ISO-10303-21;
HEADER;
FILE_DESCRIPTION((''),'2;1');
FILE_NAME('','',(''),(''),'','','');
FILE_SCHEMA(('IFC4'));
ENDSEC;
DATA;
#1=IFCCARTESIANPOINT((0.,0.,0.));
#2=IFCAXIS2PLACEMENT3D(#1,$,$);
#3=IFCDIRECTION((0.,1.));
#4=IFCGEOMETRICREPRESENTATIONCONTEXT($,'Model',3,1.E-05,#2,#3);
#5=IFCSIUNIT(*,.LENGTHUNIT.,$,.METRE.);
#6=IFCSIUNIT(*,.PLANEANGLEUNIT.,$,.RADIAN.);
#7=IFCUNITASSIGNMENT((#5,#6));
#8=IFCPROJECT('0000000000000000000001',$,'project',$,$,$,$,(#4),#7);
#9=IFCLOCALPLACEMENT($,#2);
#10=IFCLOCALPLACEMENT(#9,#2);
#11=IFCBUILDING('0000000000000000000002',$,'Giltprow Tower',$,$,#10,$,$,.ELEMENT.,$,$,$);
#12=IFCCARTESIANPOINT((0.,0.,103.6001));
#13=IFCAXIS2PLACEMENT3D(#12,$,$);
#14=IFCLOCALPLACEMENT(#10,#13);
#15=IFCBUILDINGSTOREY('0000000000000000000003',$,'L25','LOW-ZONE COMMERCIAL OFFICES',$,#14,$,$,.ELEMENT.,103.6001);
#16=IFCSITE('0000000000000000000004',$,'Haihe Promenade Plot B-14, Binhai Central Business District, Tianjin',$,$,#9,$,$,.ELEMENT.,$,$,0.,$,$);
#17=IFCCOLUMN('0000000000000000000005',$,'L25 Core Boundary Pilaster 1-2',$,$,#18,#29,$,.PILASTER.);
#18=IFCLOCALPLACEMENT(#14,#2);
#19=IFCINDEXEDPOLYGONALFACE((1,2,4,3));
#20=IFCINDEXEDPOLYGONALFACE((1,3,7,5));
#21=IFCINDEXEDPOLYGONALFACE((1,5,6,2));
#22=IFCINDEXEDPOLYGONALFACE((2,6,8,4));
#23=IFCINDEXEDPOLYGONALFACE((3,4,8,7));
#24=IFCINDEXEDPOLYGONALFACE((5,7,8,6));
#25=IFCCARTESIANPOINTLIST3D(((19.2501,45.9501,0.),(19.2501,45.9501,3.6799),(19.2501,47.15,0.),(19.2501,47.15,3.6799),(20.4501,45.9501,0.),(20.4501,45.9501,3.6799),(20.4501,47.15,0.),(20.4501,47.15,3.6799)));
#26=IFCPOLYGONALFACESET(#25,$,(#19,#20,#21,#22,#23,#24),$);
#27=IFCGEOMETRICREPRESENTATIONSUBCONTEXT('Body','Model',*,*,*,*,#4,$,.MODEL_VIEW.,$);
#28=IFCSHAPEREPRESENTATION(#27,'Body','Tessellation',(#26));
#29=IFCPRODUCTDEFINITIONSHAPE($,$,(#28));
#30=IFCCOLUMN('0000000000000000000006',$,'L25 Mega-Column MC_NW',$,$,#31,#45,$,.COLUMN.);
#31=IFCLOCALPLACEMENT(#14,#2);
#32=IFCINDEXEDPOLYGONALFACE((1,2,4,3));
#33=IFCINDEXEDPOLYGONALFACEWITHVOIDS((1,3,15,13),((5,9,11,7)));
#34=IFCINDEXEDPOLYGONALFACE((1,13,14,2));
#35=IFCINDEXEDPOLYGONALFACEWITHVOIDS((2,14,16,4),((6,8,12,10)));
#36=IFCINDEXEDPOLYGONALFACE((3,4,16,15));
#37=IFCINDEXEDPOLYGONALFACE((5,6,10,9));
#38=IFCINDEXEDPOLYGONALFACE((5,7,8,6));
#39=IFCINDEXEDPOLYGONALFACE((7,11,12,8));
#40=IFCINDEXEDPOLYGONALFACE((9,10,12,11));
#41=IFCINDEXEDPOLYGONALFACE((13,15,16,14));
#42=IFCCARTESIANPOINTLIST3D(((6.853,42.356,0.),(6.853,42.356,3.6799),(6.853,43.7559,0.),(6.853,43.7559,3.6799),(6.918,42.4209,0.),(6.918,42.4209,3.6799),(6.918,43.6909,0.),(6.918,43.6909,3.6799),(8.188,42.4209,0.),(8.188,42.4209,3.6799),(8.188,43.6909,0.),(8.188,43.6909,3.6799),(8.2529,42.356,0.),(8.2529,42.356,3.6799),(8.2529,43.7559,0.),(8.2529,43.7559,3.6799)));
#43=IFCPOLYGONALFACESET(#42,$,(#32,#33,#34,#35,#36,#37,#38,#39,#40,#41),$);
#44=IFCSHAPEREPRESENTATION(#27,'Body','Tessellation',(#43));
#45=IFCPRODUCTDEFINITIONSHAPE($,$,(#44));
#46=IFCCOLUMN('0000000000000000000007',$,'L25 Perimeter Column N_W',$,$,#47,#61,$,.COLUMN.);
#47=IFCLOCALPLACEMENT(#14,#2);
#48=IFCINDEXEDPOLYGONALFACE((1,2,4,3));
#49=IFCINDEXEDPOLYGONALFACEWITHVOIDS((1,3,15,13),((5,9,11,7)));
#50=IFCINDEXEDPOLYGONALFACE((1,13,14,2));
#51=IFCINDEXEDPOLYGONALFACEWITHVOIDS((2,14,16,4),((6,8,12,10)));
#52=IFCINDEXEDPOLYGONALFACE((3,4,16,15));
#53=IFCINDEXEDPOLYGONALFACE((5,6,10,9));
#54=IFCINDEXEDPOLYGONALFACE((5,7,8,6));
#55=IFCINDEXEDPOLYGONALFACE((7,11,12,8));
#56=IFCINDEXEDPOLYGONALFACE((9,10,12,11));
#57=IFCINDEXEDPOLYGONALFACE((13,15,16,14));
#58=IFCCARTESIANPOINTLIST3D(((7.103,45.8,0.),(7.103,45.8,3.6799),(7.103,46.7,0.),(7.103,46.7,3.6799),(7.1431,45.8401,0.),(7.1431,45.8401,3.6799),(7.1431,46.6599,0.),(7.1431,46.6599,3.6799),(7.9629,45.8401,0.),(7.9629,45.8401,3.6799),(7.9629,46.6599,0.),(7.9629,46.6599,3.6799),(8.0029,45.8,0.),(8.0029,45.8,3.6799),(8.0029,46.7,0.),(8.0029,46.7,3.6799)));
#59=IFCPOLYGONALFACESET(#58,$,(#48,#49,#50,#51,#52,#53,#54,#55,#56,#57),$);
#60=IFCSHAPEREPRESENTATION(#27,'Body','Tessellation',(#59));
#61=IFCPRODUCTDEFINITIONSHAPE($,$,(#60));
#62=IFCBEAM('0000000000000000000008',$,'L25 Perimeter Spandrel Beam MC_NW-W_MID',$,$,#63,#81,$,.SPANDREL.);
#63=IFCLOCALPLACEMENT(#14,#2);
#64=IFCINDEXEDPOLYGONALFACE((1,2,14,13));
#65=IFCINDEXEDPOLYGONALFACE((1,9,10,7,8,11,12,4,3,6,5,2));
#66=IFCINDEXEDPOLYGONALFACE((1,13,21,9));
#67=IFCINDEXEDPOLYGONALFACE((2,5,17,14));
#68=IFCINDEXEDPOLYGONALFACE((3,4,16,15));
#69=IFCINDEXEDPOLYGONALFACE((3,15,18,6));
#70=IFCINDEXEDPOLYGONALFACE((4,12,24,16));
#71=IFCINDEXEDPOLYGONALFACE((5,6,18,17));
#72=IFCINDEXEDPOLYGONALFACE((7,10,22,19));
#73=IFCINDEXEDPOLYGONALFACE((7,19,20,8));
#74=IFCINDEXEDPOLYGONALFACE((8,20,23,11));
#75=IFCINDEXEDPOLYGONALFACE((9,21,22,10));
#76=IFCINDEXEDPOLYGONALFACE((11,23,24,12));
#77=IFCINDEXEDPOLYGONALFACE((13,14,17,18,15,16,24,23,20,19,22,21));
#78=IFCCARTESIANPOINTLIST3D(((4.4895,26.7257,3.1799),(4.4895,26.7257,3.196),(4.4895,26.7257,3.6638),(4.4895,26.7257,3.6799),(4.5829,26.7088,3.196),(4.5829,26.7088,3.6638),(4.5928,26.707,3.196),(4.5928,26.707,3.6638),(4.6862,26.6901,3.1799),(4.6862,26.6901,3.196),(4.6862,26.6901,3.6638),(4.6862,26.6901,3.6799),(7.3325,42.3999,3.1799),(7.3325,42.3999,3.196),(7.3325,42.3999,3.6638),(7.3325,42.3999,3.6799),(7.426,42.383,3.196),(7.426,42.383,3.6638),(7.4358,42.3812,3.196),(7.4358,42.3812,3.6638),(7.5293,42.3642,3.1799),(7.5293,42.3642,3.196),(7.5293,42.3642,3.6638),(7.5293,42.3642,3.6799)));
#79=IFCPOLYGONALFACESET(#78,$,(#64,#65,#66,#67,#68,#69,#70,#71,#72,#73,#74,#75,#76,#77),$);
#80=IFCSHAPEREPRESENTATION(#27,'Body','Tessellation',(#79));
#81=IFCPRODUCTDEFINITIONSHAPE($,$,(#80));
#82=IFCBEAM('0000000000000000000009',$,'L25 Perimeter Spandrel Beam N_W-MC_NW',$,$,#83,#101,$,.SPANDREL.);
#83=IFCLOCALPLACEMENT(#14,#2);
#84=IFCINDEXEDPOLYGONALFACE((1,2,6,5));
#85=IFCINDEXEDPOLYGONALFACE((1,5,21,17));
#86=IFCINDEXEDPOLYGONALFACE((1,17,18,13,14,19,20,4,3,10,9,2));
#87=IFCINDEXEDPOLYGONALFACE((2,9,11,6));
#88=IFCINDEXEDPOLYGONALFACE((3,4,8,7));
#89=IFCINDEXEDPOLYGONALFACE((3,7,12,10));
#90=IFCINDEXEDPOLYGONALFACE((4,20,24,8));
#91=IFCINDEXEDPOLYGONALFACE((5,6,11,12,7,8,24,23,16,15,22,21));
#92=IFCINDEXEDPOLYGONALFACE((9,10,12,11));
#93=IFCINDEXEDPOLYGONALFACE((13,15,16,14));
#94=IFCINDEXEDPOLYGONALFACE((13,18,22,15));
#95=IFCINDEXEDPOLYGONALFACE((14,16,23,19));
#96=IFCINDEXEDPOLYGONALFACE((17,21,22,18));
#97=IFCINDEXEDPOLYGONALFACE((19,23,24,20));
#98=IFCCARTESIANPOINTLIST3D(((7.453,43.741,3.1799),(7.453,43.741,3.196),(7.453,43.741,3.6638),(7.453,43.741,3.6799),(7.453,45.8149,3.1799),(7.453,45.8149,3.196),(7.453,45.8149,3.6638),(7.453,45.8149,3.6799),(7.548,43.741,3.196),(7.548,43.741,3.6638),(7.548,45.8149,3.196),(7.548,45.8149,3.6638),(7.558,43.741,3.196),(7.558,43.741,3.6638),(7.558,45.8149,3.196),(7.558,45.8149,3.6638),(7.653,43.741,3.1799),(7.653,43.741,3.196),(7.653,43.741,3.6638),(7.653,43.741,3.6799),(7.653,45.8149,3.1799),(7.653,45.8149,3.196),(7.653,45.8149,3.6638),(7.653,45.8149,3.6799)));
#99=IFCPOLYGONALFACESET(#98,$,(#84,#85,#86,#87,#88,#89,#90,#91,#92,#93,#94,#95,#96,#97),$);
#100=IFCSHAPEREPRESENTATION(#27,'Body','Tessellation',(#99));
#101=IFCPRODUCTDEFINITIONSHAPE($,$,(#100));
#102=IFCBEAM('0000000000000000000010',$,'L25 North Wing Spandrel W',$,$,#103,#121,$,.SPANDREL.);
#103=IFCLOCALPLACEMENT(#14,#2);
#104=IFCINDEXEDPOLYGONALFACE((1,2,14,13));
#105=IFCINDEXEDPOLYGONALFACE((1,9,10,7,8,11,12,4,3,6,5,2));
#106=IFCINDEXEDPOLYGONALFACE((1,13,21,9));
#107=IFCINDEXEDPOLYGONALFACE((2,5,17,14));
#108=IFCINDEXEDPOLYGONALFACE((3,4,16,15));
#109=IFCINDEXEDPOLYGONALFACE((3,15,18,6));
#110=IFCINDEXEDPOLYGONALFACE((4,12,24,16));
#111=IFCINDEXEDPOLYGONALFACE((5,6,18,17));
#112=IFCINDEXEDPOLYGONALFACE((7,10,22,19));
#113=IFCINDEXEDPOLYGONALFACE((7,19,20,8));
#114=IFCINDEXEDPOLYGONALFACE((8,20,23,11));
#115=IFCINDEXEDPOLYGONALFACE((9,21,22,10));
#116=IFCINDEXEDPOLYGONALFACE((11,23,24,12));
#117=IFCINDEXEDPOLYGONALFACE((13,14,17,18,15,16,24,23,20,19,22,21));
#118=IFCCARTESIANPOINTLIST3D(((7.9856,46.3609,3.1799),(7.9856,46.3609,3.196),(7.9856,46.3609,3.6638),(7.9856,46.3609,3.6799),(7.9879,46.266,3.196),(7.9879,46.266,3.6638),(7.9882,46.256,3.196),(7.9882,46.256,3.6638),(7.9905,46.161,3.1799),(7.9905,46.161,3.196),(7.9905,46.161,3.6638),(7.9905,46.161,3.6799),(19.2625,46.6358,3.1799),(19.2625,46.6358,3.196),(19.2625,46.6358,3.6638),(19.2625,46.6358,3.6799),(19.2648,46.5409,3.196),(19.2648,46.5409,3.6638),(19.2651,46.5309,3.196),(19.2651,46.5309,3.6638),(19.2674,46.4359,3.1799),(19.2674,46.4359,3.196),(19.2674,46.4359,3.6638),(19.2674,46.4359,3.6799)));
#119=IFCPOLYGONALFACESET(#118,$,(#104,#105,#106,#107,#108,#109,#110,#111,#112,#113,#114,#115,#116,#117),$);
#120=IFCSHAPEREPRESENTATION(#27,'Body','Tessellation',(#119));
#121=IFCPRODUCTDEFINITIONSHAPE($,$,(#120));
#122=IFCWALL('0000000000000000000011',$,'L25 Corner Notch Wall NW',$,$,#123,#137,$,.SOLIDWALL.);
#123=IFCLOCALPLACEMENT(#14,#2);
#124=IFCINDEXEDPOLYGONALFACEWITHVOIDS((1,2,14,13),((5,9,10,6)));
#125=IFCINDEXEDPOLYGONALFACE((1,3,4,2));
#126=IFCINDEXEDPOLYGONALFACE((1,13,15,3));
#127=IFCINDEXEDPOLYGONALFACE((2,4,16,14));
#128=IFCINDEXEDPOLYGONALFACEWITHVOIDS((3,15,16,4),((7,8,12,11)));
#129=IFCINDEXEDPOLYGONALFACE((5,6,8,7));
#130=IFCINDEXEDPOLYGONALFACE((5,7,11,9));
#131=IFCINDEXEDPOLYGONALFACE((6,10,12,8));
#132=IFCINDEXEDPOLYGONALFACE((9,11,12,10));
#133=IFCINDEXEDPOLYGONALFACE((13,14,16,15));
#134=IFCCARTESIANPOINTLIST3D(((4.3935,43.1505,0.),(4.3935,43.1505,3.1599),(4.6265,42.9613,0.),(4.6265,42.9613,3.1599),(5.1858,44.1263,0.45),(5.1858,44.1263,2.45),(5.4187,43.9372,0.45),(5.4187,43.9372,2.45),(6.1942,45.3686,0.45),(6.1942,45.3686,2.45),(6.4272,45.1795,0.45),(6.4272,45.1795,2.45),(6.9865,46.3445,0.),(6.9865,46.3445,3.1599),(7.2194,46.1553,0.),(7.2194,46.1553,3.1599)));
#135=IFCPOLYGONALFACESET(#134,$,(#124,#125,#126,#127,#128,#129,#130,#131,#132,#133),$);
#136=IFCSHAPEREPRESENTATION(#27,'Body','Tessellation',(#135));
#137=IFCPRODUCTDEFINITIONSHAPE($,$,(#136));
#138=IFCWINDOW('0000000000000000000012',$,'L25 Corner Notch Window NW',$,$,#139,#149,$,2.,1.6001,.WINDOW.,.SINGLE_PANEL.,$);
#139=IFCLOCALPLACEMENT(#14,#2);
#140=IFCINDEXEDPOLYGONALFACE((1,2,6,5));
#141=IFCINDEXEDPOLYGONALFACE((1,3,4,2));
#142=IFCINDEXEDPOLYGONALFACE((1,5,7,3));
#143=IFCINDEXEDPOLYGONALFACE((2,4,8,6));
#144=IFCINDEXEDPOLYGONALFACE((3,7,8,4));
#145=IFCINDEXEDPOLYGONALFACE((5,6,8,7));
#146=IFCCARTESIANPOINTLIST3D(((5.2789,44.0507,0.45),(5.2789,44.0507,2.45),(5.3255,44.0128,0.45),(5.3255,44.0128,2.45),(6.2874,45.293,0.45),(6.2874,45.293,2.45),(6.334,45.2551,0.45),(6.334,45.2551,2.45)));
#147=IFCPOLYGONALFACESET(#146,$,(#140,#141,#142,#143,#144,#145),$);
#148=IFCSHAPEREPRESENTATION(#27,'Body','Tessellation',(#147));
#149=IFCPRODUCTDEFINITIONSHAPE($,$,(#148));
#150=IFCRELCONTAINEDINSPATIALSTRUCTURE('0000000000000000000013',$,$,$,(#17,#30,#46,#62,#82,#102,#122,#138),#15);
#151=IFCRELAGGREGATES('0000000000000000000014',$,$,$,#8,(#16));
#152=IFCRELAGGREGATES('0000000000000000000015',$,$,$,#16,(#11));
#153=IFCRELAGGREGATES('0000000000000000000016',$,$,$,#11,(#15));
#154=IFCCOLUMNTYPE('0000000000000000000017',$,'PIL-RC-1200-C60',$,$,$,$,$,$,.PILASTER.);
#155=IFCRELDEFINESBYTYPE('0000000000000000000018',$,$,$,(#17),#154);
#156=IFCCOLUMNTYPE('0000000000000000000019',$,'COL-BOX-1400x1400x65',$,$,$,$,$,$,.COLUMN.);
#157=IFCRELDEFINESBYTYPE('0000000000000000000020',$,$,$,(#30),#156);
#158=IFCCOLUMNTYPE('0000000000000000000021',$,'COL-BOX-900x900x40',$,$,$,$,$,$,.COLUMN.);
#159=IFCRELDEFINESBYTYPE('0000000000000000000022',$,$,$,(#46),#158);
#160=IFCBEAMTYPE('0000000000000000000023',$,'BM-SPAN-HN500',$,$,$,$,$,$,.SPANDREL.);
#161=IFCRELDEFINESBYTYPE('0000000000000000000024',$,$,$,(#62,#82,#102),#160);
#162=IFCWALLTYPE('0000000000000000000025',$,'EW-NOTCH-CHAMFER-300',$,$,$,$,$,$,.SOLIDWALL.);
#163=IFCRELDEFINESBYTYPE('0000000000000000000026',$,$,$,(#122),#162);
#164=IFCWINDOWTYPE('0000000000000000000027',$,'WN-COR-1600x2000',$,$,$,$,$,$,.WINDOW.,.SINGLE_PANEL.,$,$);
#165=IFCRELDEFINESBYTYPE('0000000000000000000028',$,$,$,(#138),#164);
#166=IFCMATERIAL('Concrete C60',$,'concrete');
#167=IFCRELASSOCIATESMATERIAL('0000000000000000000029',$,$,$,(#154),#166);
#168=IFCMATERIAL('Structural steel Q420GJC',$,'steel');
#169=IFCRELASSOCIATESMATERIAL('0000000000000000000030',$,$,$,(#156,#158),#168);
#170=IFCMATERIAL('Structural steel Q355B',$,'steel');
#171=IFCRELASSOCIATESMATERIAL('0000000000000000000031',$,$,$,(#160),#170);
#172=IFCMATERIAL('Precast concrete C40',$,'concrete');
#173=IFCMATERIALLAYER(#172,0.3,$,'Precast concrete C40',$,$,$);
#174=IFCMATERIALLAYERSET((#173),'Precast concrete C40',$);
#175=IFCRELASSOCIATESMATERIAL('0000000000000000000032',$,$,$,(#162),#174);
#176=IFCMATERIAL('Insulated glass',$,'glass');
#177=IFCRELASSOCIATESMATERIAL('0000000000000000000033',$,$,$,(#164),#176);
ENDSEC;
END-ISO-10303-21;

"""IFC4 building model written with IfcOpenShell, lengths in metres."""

from ifc_helpers import new_model, si_unit, direction, frame, frame_2d, origin, origin_2d, place, context, subcontext, project, spatial, rectangle, hollow_rectangle, i_section, extrude, source, transform, mapped, material, layer, layer_set, material_profile, profile_set, type_object, element, fill, save


model = new_model("IFC4")

# Units and contexts
model_context = context("Model", 3, precision=1e-05, world=origin(), true_north=direction((0.0, 1.0)))
body_context = subcontext(model_context, "Body", "Model", "MODEL_VIEW")
ifc_project = project(units=[si_unit("LENGTHUNIT", "METRE"), si_unit("PLANEANGLEUNIT", "RADIAN")], contexts=[model_context])

# Site, building, storey
site_placement = place(None, origin())
site = spatial("IfcSite", under=ifc_project, at=site_placement, Name="Haihe Promenade Plot B-14, Binhai Central Business District, Tianjin", CompositionType="ELEMENT", RefElevation=0.0)
building_placement = place(site_placement, origin())
building = spatial("IfcBuilding", under=site, at=building_placement, Name="Giltprow Tower", CompositionType="ELEMENT")
storey_placement = place(building_placement, frame((0.0, 0.0, 103.6001)))
storey = spatial("IfcBuildingStorey", under=building, at=storey_placement, Name="L25", Description="LOW-ZONE COMMERCIAL OFFICES", CompositionType="ELEMENT", Elevation=103.6001)

# Columns
ifc_material_1 = material(Name="Concrete C60", Category="concrete")
ifc_material_profile_1 = material_profile(ifc_material_1, rectangle(XDim=1.2, YDim=1.2, at=origin_2d()), Name="RC 1200x1200")
ifc_profile_set_1 = profile_set([ifc_material_profile_1], Name="Concrete C60")
column_type_1 = type_object("IfcColumnType", Name="PIL-RC-1200-C60", PredefinedType="PILASTER", material=ifc_profile_set_1)
shared_shape_1 = source(origin(), body_context, "Body", "SweptSolid", [
    extrude(rectangle(XDim=1.2, YDim=1.2, at=origin_2d()), origin(), (0.0, 0.0, 1.0), 3.6799),
])
column_1_placement = place(storey_placement, frame((19.8501, 46.55, 0.0), z_axis=(0.0, 0.0, 1.0), x_axis=(1.0, 0.0, 0.0)))
element("IfcColumn", 1, at=column_1_placement, inside=storey, type_object=column_type_1, Name="L25 Core Boundary Pilaster 1-2", PredefinedType="PILASTER", context=body_context, shape_type="MappedRepresentation", body=[
    mapped(shared_shape_1, transform((0.0, 0.0, 0.0), x_axis=(1.0, 0.0, 0.0), y_axis=(0.0, 1.0, 0.0), z_axis=(0.0, 0.0, 1.0), scale=1.0)),
])
ifc_material_2 = material(Name="Structural steel Q420GJC", Category="steel")
ifc_material_profile_2 = material_profile(ifc_material_2, hollow_rectangle(XDim=1.3999, YDim=1.3999, WallThickness=0.0649, at=origin_2d()), Name="BOX 1400x1400x65")
ifc_profile_set_2 = profile_set([ifc_material_profile_2], Name="Structural steel Q420GJC")
column_type_2 = type_object("IfcColumnType", Name="COL-BOX-1400x1400x65", PredefinedType="COLUMN", material=ifc_profile_set_2)
shared_shape_2 = source(origin(), body_context, "Body", "SweptSolid", [
    extrude(hollow_rectangle(XDim=1.3999, YDim=1.3999, WallThickness=0.0649, at=origin_2d()), origin(), (0.0, 0.0, 1.0), 3.6799),
])
column_2_placement = place(storey_placement, frame((7.553, 43.0559, 0.0), z_axis=(0.0, 0.0, 1.0), x_axis=(1.0, 0.0, 0.0)))
element("IfcColumn", 2, at=column_2_placement, inside=storey, type_object=column_type_2, Name="L25 Mega-Column MC_NW", PredefinedType="COLUMN", context=body_context, shape_type="MappedRepresentation", body=[
    mapped(shared_shape_2, transform((0.0, 0.0, 0.0), x_axis=(1.0, 0.0, 0.0), y_axis=(0.0, 1.0, 0.0), z_axis=(0.0, 0.0, 1.0), scale=1.0)),
])
ifc_material_profile_3 = material_profile(ifc_material_2, hollow_rectangle(XDim=0.8999, YDim=0.8999, WallThickness=0.04, at=origin_2d()), Name="BOX 900x900x40")
ifc_profile_set_3 = profile_set([ifc_material_profile_3], Name="Structural steel Q420GJC")
column_type_3 = type_object("IfcColumnType", Name="COL-BOX-900x900x40", PredefinedType="COLUMN", material=ifc_profile_set_3)
shared_shape_3 = source(origin(), body_context, "Body", "SweptSolid", [
    extrude(hollow_rectangle(XDim=0.8999, YDim=0.8999, WallThickness=0.04, at=origin_2d()), origin(), (0.0, 0.0, 1.0), 3.6799),
])
column_3_placement = place(storey_placement, frame((7.553, 46.25, 0.0), z_axis=(0.0, 0.0, 1.0), x_axis=(1.0, 0.0, 0.0)))
element("IfcColumn", 3, at=column_3_placement, inside=storey, type_object=column_type_3, Name="L25 Perimeter Column N_W", PredefinedType="COLUMN", context=body_context, shape_type="MappedRepresentation", body=[
    mapped(shared_shape_3, transform((0.0, 0.0, 0.0), x_axis=(1.0, 0.0, 0.0), y_axis=(0.0, 1.0, 0.0), z_axis=(0.0, 0.0, 1.0), scale=1.0)),
])

# Beams
ifc_material_3 = material(Name="Structural steel Q355B", Category="steel")
ifc_material_profile_4 = material_profile(ifc_material_3, i_section(OverallWidth=0.2, OverallDepth=0.5, WebThickness=0.01, FlangeThickness=0.0161, at=origin_2d()), Name="HN 500x200x10x16")
ifc_profile_set_4 = profile_set([ifc_material_profile_4], Name="Structural steel Q355B")
beam_type = type_object("IfcBeamType", Name="BM-SPAN-HN500", PredefinedType="SPANDREL", material=ifc_profile_set_4)
shared_shape_4 = source(origin(), body_context, "Body", "SweptSolid", [
    extrude(i_section(OverallWidth=0.2, OverallDepth=0.5, WebThickness=0.01, FlangeThickness=0.0161, at=origin_2d()), origin(), (0.0, 0.0, 1.0), 15.9299),
])
beam_1_placement = place(storey_placement, frame((7.4309, 42.3821, 3.4299), z_axis=(-0.178471, -0.983945, 0.0), x_axis=(0.983945, -0.178471, 0.0)))
element("IfcBeam", 4, at=beam_1_placement, inside=storey, type_object=beam_type, Name="L25 Perimeter Spandrel Beam MC_NW-W_MID", PredefinedType="SPANDREL", context=body_context, shape_type="MappedRepresentation", body=[
    mapped(shared_shape_4, transform((0.0, 0.0, 0.0), x_axis=(1.0, 0.0, 0.0), y_axis=(0.0, 1.0, 0.0), z_axis=(0.0, 0.0, 1.0), scale=1.0)),
])
shared_shape_5 = source(origin(), body_context, "Body", "SweptSolid", [
    extrude(i_section(OverallWidth=0.2, OverallDepth=0.5, WebThickness=0.01, FlangeThickness=0.0161, at=origin_2d()), origin(), (0.0, 0.0, 1.0), 2.074),
])
beam_2_placement = place(storey_placement, frame((7.553, 45.8149, 3.4299), z_axis=(0.0, -1.0, 0.0), x_axis=(1.0, 0.0, 0.0)))
element("IfcBeam", 5, at=beam_2_placement, inside=storey, type_object=beam_type, Name="L25 Perimeter Spandrel Beam N_W-MC_NW", PredefinedType="SPANDREL", context=body_context, shape_type="MappedRepresentation", body=[
    mapped(shared_shape_5, transform((0.0, 0.0, 0.0), x_axis=(1.0, 0.0, 0.0), y_axis=(0.0, 1.0, 0.0), z_axis=(0.0, 0.0, 1.0), scale=1.0)),
])
shared_shape_6 = source(origin(), body_context, "Body", "SweptSolid", [
    extrude(i_section(OverallWidth=0.2, OverallDepth=0.5, WebThickness=0.01, FlangeThickness=0.0161, at=origin_2d()), origin(), (0.0, 0.0, 1.0), 11.2803),
])
beam_3_placement = place(storey_placement, frame((7.988, 46.261, 3.4299), z_axis=(0.999703, 0.02437, 0.0), x_axis=(-0.02437, 0.999703, 0.0)))
element("IfcBeam", 6, at=beam_3_placement, inside=storey, type_object=beam_type, Name="L25 North Wing Spandrel W", PredefinedType="SPANDREL", context=body_context, shape_type="MappedRepresentation", body=[
    mapped(shared_shape_6, transform((0.0, 0.0, 0.0), x_axis=(1.0, 0.0, 0.0), y_axis=(0.0, 1.0, 0.0), z_axis=(0.0, 0.0, 1.0), scale=1.0)),
])

# Wall, opening, window
ifc_material_4 = material(Name="Precast concrete C40", Category="concrete")
ifc_layer_1 = layer(ifc_material_4, 0.3, Name="Precast concrete C40")
ifc_layer_set_1 = layer_set([ifc_layer_1], Name="Precast concrete C40")
wall_type_1 = type_object("IfcWallType", Name="EW-NOTCH-CHAMFER-300", PredefinedType="SOLIDWALL", material=ifc_layer_set_1)
wall_1_placement = place(storey_placement, frame((7.103, 46.25, 0.0), z_axis=(0.0, 0.0, 1.0), x_axis=(-0.630273, -0.776374, 0.0)))
wall_1 = element("IfcWall", 7, at=wall_1_placement, inside=storey, type_object=wall_type_1, Name="L25 Corner Notch Wall NW", PredefinedType="SOLIDWALL", context=body_context, shape_type="SweptSolid", body=[
    extrude(rectangle(XDim=4.114, YDim=0.3, at=frame_2d((2.0571, 0.0))), origin(), (0.0, 0.0, 1.0), 3.1599),
])
opening_1_placement = place(wall_1_placement, frame((1.2571, 0.0, 0.45)))
opening_1 = element("IfcOpeningElement", 8, at=opening_1_placement, cuts=wall_1, PredefinedType="OPENING", context=body_context, shape_type="SweptSolid", body=[
    extrude(rectangle(XDim=1.6001, YDim=2.0, at=frame_2d((0.8, 1.0))), frame((0.0, 0.1599, 0.0), z_axis=(0.0, -1.0, 0.0), x_axis=(1.0, 0.0, 0.0)), (0.0, 0.0, 1.0), 0.3201),
])
ifc_material_5 = material(Name="Insulated glass", Category="glass")
window_type = type_object("IfcWindowType", Name="WN-COR-1600x2000", PartitioningType="SINGLE_PANEL", PredefinedType="WINDOW", material=ifc_material_5)
shared_shape_7 = source(origin(), body_context, "Body", "SweptSolid", [
    extrude(rectangle(XDim=1.6001, YDim=2.0, at=frame_2d((0.8, 1.0))), frame((0.0, 0.03, 0.0), z_axis=(0.0, -1.0, 0.0), x_axis=(1.0, 0.0, 0.0)), (0.0, 0.0, 1.0), 0.0601),
])
window_1_placement = place(opening_1_placement, origin())
window_1 = element("IfcWindow", 9, at=window_1_placement, inside=storey, type_object=window_type, Name="L25 Corner Notch Window NW", OverallHeight=2.0, OverallWidth=1.6001, PartitioningType="SINGLE_PANEL", PredefinedType="WINDOW", context=body_context, shape_type="MappedRepresentation", body=[
    mapped(shared_shape_7, transform((0.0, 0.0, 0.0), x_axis=(1.0, 0.0, 0.0), y_axis=(0.0, 1.0, 0.0), z_axis=(0.0, 0.0, 1.0), scale=1.0)),
])
fill(opening_1, window_1)

save(model, "model.ifc")
